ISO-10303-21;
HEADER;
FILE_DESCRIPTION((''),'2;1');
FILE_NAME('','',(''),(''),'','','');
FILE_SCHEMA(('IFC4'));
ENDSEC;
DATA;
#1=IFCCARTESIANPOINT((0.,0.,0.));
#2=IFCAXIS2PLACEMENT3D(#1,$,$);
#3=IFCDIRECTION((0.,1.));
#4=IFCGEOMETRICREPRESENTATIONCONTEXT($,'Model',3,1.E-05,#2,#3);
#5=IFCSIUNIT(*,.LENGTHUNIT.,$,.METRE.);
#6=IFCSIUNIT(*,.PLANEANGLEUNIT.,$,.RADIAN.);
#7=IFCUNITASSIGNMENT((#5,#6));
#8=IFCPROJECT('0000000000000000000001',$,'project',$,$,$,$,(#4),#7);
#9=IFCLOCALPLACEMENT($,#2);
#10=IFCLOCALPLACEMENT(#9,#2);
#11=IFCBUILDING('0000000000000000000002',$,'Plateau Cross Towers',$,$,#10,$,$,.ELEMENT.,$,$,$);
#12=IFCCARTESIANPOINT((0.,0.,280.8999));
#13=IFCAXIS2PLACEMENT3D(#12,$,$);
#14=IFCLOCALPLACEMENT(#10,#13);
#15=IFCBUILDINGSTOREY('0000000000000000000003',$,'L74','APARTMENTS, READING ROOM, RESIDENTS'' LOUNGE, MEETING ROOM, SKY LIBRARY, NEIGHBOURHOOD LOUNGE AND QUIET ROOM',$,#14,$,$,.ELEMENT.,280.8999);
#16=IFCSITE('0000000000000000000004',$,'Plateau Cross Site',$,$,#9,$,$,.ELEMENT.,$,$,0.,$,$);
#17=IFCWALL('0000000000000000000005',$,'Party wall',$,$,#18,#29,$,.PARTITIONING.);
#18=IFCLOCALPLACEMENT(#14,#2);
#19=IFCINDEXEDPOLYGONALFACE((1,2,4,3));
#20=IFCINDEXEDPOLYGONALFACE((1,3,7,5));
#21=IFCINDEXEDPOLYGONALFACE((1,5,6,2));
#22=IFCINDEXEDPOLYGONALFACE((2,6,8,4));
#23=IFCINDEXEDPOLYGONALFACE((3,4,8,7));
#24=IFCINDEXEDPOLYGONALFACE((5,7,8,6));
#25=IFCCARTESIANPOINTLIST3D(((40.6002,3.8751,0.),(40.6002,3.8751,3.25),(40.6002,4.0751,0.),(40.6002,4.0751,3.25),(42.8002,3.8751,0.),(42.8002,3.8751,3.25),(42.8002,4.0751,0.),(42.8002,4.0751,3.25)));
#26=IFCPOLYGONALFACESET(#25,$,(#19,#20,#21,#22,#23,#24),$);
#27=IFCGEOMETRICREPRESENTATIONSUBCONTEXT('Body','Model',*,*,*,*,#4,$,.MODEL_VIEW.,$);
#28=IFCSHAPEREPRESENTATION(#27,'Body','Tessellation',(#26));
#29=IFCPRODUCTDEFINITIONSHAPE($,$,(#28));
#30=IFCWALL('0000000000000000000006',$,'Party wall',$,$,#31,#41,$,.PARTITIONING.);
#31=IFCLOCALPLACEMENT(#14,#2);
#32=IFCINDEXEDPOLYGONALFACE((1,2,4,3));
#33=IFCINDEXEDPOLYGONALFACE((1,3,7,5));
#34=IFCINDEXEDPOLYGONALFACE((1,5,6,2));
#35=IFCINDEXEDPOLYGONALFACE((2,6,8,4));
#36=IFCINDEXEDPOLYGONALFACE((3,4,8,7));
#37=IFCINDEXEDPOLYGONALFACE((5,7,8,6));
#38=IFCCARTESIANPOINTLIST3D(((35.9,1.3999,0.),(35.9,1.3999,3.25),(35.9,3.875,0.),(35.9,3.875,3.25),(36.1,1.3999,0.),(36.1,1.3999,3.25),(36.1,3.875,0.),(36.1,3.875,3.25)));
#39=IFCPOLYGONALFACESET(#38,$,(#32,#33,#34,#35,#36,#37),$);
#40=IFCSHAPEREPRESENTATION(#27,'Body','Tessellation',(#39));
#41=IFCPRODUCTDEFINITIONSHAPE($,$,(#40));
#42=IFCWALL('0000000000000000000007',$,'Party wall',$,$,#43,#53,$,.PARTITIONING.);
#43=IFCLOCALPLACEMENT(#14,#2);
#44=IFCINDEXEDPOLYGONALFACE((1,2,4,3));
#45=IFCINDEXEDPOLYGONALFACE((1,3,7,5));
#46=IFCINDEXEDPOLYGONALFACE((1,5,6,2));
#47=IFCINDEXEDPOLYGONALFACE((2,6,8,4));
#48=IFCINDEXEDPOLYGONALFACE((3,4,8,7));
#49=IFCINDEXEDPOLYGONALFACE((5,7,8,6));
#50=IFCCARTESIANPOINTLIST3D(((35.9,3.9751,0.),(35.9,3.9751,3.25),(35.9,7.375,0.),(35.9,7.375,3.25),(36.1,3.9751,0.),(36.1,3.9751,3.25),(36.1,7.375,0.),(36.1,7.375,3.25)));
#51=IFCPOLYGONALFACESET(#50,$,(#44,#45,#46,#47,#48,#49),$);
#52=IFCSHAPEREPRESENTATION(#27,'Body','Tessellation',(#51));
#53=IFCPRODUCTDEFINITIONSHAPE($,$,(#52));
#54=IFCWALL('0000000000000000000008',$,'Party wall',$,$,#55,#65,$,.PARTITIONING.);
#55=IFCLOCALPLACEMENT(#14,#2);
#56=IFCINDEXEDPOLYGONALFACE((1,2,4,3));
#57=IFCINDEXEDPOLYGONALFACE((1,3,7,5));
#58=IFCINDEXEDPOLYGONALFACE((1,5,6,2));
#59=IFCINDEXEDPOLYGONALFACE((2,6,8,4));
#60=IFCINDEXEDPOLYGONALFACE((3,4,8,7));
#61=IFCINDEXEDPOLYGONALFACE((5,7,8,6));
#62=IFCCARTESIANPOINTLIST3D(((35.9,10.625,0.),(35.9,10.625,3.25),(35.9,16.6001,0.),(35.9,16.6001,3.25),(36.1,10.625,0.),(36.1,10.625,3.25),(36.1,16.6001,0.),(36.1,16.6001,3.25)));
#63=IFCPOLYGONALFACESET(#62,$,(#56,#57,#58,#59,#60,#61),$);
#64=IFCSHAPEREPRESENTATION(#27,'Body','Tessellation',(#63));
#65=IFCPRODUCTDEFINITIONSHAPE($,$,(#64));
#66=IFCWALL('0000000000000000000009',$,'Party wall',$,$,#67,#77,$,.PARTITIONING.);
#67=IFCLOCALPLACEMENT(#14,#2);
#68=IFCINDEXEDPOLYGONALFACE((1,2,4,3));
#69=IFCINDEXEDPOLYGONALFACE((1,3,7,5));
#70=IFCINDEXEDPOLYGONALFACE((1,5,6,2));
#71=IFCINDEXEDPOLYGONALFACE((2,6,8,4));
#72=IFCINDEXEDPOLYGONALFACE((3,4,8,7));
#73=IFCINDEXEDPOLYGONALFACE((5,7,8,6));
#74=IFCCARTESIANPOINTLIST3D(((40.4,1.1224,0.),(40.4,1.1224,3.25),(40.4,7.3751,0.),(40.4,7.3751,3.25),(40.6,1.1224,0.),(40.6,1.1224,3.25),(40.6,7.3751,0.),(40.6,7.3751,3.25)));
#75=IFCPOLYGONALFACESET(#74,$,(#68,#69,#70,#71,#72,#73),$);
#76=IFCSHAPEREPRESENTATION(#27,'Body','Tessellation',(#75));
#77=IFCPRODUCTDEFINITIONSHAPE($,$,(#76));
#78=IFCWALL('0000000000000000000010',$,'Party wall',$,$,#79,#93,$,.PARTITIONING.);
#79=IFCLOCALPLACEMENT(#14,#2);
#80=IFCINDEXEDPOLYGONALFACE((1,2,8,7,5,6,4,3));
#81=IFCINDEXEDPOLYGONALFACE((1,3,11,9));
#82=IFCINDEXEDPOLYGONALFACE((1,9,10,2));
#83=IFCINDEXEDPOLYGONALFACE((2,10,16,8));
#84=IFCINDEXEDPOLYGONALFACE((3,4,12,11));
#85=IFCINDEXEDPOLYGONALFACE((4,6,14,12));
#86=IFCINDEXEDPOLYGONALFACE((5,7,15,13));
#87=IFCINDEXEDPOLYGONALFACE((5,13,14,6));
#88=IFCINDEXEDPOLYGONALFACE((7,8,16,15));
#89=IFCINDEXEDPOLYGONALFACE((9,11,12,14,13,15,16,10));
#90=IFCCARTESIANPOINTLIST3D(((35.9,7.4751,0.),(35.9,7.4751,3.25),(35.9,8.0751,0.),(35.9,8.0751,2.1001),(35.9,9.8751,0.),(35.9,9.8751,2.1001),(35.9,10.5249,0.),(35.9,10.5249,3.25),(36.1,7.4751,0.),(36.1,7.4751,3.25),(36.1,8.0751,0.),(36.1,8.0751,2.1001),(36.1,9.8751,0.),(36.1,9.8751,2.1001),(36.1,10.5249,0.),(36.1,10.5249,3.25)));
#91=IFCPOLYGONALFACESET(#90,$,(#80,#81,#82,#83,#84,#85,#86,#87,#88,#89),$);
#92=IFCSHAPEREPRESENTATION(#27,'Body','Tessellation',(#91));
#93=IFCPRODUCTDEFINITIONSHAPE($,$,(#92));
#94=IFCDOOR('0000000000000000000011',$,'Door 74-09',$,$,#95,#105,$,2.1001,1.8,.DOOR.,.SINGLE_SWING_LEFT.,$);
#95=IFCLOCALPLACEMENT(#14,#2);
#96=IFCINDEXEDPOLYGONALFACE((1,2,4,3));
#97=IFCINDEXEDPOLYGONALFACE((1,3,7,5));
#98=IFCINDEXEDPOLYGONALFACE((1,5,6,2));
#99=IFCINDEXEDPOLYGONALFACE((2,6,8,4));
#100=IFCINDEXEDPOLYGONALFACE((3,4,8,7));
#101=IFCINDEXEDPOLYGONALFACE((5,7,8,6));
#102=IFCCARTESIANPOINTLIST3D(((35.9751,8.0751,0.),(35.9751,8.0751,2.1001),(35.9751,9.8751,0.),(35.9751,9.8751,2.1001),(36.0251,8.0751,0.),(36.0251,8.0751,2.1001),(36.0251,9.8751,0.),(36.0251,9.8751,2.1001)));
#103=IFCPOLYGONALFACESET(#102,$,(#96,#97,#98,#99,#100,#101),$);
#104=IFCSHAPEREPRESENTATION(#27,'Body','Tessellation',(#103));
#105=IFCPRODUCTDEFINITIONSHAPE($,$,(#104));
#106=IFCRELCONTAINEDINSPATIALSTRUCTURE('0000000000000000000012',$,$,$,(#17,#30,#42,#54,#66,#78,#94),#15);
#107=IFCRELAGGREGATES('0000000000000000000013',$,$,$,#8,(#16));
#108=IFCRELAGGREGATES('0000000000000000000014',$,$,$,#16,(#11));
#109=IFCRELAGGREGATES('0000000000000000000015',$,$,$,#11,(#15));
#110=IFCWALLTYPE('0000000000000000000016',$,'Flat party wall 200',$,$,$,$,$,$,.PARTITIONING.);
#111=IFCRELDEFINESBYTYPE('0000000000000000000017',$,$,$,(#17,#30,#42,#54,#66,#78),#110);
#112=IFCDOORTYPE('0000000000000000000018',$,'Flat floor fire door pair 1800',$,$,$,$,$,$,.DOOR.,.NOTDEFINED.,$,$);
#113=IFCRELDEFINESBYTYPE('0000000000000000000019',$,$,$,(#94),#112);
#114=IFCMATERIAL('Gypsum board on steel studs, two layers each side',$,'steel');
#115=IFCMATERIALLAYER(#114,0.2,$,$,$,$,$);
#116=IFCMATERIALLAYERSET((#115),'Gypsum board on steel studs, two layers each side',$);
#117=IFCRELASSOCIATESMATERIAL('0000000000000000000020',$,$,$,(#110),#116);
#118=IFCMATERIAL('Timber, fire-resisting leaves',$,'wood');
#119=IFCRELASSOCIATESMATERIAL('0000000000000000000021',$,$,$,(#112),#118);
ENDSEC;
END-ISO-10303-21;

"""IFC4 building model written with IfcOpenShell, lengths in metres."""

from ifc_helpers import new_model, si_unit, direction, frame, frame_2d, origin, place, context, subcontext, project, spatial, rectangle, extrude, material, layer, layer_set, type_object, element, fill, save


model = new_model("IFC4")

# Units and contexts
model_context = context("Model", 3, precision=1e-05, world=origin(), true_north=direction((0.0, 1.0)))
body_context = subcontext(model_context, "Body", "Model", "MODEL_VIEW")
ifc_project = project(units=[si_unit("LENGTHUNIT", "METRE"), si_unit("PLANEANGLEUNIT", "RADIAN")], contexts=[model_context])

# Site, building, storey
site_placement = place(None, origin())
site = spatial("IfcSite", under=ifc_project, at=site_placement, Name="Plateau Cross Site", CompositionType="ELEMENT", RefElevation=0.0)
building_placement = place(site_placement, origin())
building = spatial("IfcBuilding", under=site, at=building_placement, Name="Plateau Cross Towers", CompositionType="ELEMENT")
storey_placement = place(building_placement, frame((0.0, 0.0, 280.8999)))
storey = spatial("IfcBuildingStorey", under=building, at=storey_placement, Name="L74", Description="APARTMENTS, READING ROOM, RESIDENTS' LOUNGE, MEETING ROOM, SKY LIBRARY, NEIGHBOURHOOD LOUNGE AND QUIET ROOM", CompositionType="ELEMENT", Elevation=280.8999)

# Walls
ifc_material_1 = material(Name="Gypsum board on steel studs, two layers each side", Category="steel")
ifc_layer_1 = layer(ifc_material_1, 0.2)
ifc_layer_set_1 = layer_set([ifc_layer_1], Name="Gypsum board on steel studs, two layers each side")
wall_type_1 = type_object("IfcWallType", Name="Flat party wall 200", PredefinedType="PARTITIONING", material=ifc_layer_set_1)
wall_1_placement = place(storey_placement, frame((40.6001, 3.9751, 0.0), z_axis=(0.0, 0.0, 1.0), x_axis=(1.0, 0.0, 0.0)))
element("IfcWall", 1, at=wall_1_placement, inside=storey, type_object=wall_type_1, Name="Party wall", PredefinedType="PARTITIONING", context=body_context, shape_type="SweptSolid", body=[
    extrude(rectangle(XDim=2.2, YDim=0.2, at=frame_2d((1.1001, 0.0))), origin(), (0.0, 0.0, 1.0), 3.25),
])
wall_2_placement = place(storey_placement, frame((36.0, 3.875, 0.0), z_axis=(0.0, 0.0, 1.0), x_axis=(0.0, -1.0, 0.0)))
element("IfcWall", 2, at=wall_2_placement, inside=storey, type_object=wall_type_1, Name="Party wall", PredefinedType="PARTITIONING", context=body_context, shape_type="SweptSolid", body=[
    extrude(rectangle(XDim=2.4751, YDim=0.2, at=frame_2d((1.2375, 0.0))), origin(), (0.0, 0.0, 1.0), 3.25),
])
wall_3_placement = place(storey_placement, frame((36.0, 3.9751, 0.0), z_axis=(0.0, 0.0, 1.0), x_axis=(0.0, 1.0, 0.0)))
element("IfcWall", 3, at=wall_3_placement, inside=storey, type_object=wall_type_1, Name="Party wall", PredefinedType="PARTITIONING", context=body_context, shape_type="SweptSolid", body=[
    extrude(rectangle(XDim=3.3999, YDim=0.2, at=frame_2d((1.7, 0.0))), origin(), (0.0, 0.0, 1.0), 3.25),
])
wall_4_placement = place(storey_placement, frame((36.0, 10.625, 0.0), z_axis=(0.0, 0.0, 1.0), x_axis=(0.0, 1.0, 0.0)))
element("IfcWall", 4, at=wall_4_placement, inside=storey, type_object=wall_type_1, Name="Party wall", PredefinedType="PARTITIONING", context=body_context, shape_type="SweptSolid", body=[
    extrude(rectangle(XDim=5.9751, YDim=0.2, at=frame_2d((2.9875, 0.0))), origin(), (0.0, 0.0, 1.0), 3.25),
])
wall_5_placement = place(storey_placement, frame((40.5, 1.1223, 0.0), z_axis=(0.0, 0.0, 1.0), x_axis=(0.0, 1.0, 0.0)))
element("IfcWall", 5, at=wall_5_placement, inside=storey, type_object=wall_type_1, Name="Party wall", PredefinedType="PARTITIONING", context=body_context, shape_type="SweptSolid", body=[
    extrude(rectangle(XDim=6.2527, YDim=0.2, at=frame_2d((3.1265, 0.0))), origin(), (0.0, 0.0, 1.0), 3.25),
])

# Wall, opening, door
wall_6_placement = place(storey_placement, frame((36.0, 7.4751, 0.0), z_axis=(0.0, 0.0, 1.0), x_axis=(0.0, 1.0, 0.0)))
wall_6 = element("IfcWall", 6, at=wall_6_placement, inside=storey, type_object=wall_type_1, Name="Party wall", PredefinedType="PARTITIONING", context=body_context, shape_type="SweptSolid", body=[
    extrude(rectangle(XDim=3.0498, YDim=0.2, at=frame_2d((1.5249, 0.0))), origin(), (0.0, 0.0, 1.0), 3.25),
])
opening_1_placement = place(wall_6_placement, frame((0.6001, 0.0, 0.0)))
opening_1 = element("IfcOpeningElement", 7, at=opening_1_placement, cuts=wall_6, PredefinedType="OPENING", context=body_context, shape_type="SweptSolid", body=[
    extrude(rectangle(XDim=1.8, YDim=2.1001, at=frame_2d((0.8999, 1.05))), frame((0.0, 0.1099, 0.0), z_axis=(0.0, -1.0, 0.0), x_axis=(1.0, 0.0, 0.0)), (0.0, 0.0, 1.0), 0.22),
])
ifc_material_2 = material(Name="Timber, fire-resisting leaves", Category="wood")
door_type_1 = type_object("IfcDoorType", Name="Flat floor fire door pair 1800", OperationType="NOTDEFINED", PredefinedType="DOOR", material=ifc_material_2)
door_1_placement = place(opening_1_placement, origin())
door_1 = element("IfcDoor", 8, at=door_1_placement, inside=storey, type_object=door_type_1, Name="Door 74-09", OperationType="SINGLE_SWING_LEFT", OverallHeight=2.1001, OverallWidth=1.8, PredefinedType="DOOR", context=body_context, shape_type="SweptSolid", body=[
    extrude(rectangle(XDim=1.8, YDim=2.1001, at=frame_2d((0.8999, 1.05))), frame((0.0, 0.0249, 0.0), z_axis=(0.0, -1.0, 0.0), x_axis=(1.0, 0.0, 0.0)), (0.0, 0.0, 1.0), 0.05),
])
fill(opening_1, door_1)

save(model, "model.ifc")
